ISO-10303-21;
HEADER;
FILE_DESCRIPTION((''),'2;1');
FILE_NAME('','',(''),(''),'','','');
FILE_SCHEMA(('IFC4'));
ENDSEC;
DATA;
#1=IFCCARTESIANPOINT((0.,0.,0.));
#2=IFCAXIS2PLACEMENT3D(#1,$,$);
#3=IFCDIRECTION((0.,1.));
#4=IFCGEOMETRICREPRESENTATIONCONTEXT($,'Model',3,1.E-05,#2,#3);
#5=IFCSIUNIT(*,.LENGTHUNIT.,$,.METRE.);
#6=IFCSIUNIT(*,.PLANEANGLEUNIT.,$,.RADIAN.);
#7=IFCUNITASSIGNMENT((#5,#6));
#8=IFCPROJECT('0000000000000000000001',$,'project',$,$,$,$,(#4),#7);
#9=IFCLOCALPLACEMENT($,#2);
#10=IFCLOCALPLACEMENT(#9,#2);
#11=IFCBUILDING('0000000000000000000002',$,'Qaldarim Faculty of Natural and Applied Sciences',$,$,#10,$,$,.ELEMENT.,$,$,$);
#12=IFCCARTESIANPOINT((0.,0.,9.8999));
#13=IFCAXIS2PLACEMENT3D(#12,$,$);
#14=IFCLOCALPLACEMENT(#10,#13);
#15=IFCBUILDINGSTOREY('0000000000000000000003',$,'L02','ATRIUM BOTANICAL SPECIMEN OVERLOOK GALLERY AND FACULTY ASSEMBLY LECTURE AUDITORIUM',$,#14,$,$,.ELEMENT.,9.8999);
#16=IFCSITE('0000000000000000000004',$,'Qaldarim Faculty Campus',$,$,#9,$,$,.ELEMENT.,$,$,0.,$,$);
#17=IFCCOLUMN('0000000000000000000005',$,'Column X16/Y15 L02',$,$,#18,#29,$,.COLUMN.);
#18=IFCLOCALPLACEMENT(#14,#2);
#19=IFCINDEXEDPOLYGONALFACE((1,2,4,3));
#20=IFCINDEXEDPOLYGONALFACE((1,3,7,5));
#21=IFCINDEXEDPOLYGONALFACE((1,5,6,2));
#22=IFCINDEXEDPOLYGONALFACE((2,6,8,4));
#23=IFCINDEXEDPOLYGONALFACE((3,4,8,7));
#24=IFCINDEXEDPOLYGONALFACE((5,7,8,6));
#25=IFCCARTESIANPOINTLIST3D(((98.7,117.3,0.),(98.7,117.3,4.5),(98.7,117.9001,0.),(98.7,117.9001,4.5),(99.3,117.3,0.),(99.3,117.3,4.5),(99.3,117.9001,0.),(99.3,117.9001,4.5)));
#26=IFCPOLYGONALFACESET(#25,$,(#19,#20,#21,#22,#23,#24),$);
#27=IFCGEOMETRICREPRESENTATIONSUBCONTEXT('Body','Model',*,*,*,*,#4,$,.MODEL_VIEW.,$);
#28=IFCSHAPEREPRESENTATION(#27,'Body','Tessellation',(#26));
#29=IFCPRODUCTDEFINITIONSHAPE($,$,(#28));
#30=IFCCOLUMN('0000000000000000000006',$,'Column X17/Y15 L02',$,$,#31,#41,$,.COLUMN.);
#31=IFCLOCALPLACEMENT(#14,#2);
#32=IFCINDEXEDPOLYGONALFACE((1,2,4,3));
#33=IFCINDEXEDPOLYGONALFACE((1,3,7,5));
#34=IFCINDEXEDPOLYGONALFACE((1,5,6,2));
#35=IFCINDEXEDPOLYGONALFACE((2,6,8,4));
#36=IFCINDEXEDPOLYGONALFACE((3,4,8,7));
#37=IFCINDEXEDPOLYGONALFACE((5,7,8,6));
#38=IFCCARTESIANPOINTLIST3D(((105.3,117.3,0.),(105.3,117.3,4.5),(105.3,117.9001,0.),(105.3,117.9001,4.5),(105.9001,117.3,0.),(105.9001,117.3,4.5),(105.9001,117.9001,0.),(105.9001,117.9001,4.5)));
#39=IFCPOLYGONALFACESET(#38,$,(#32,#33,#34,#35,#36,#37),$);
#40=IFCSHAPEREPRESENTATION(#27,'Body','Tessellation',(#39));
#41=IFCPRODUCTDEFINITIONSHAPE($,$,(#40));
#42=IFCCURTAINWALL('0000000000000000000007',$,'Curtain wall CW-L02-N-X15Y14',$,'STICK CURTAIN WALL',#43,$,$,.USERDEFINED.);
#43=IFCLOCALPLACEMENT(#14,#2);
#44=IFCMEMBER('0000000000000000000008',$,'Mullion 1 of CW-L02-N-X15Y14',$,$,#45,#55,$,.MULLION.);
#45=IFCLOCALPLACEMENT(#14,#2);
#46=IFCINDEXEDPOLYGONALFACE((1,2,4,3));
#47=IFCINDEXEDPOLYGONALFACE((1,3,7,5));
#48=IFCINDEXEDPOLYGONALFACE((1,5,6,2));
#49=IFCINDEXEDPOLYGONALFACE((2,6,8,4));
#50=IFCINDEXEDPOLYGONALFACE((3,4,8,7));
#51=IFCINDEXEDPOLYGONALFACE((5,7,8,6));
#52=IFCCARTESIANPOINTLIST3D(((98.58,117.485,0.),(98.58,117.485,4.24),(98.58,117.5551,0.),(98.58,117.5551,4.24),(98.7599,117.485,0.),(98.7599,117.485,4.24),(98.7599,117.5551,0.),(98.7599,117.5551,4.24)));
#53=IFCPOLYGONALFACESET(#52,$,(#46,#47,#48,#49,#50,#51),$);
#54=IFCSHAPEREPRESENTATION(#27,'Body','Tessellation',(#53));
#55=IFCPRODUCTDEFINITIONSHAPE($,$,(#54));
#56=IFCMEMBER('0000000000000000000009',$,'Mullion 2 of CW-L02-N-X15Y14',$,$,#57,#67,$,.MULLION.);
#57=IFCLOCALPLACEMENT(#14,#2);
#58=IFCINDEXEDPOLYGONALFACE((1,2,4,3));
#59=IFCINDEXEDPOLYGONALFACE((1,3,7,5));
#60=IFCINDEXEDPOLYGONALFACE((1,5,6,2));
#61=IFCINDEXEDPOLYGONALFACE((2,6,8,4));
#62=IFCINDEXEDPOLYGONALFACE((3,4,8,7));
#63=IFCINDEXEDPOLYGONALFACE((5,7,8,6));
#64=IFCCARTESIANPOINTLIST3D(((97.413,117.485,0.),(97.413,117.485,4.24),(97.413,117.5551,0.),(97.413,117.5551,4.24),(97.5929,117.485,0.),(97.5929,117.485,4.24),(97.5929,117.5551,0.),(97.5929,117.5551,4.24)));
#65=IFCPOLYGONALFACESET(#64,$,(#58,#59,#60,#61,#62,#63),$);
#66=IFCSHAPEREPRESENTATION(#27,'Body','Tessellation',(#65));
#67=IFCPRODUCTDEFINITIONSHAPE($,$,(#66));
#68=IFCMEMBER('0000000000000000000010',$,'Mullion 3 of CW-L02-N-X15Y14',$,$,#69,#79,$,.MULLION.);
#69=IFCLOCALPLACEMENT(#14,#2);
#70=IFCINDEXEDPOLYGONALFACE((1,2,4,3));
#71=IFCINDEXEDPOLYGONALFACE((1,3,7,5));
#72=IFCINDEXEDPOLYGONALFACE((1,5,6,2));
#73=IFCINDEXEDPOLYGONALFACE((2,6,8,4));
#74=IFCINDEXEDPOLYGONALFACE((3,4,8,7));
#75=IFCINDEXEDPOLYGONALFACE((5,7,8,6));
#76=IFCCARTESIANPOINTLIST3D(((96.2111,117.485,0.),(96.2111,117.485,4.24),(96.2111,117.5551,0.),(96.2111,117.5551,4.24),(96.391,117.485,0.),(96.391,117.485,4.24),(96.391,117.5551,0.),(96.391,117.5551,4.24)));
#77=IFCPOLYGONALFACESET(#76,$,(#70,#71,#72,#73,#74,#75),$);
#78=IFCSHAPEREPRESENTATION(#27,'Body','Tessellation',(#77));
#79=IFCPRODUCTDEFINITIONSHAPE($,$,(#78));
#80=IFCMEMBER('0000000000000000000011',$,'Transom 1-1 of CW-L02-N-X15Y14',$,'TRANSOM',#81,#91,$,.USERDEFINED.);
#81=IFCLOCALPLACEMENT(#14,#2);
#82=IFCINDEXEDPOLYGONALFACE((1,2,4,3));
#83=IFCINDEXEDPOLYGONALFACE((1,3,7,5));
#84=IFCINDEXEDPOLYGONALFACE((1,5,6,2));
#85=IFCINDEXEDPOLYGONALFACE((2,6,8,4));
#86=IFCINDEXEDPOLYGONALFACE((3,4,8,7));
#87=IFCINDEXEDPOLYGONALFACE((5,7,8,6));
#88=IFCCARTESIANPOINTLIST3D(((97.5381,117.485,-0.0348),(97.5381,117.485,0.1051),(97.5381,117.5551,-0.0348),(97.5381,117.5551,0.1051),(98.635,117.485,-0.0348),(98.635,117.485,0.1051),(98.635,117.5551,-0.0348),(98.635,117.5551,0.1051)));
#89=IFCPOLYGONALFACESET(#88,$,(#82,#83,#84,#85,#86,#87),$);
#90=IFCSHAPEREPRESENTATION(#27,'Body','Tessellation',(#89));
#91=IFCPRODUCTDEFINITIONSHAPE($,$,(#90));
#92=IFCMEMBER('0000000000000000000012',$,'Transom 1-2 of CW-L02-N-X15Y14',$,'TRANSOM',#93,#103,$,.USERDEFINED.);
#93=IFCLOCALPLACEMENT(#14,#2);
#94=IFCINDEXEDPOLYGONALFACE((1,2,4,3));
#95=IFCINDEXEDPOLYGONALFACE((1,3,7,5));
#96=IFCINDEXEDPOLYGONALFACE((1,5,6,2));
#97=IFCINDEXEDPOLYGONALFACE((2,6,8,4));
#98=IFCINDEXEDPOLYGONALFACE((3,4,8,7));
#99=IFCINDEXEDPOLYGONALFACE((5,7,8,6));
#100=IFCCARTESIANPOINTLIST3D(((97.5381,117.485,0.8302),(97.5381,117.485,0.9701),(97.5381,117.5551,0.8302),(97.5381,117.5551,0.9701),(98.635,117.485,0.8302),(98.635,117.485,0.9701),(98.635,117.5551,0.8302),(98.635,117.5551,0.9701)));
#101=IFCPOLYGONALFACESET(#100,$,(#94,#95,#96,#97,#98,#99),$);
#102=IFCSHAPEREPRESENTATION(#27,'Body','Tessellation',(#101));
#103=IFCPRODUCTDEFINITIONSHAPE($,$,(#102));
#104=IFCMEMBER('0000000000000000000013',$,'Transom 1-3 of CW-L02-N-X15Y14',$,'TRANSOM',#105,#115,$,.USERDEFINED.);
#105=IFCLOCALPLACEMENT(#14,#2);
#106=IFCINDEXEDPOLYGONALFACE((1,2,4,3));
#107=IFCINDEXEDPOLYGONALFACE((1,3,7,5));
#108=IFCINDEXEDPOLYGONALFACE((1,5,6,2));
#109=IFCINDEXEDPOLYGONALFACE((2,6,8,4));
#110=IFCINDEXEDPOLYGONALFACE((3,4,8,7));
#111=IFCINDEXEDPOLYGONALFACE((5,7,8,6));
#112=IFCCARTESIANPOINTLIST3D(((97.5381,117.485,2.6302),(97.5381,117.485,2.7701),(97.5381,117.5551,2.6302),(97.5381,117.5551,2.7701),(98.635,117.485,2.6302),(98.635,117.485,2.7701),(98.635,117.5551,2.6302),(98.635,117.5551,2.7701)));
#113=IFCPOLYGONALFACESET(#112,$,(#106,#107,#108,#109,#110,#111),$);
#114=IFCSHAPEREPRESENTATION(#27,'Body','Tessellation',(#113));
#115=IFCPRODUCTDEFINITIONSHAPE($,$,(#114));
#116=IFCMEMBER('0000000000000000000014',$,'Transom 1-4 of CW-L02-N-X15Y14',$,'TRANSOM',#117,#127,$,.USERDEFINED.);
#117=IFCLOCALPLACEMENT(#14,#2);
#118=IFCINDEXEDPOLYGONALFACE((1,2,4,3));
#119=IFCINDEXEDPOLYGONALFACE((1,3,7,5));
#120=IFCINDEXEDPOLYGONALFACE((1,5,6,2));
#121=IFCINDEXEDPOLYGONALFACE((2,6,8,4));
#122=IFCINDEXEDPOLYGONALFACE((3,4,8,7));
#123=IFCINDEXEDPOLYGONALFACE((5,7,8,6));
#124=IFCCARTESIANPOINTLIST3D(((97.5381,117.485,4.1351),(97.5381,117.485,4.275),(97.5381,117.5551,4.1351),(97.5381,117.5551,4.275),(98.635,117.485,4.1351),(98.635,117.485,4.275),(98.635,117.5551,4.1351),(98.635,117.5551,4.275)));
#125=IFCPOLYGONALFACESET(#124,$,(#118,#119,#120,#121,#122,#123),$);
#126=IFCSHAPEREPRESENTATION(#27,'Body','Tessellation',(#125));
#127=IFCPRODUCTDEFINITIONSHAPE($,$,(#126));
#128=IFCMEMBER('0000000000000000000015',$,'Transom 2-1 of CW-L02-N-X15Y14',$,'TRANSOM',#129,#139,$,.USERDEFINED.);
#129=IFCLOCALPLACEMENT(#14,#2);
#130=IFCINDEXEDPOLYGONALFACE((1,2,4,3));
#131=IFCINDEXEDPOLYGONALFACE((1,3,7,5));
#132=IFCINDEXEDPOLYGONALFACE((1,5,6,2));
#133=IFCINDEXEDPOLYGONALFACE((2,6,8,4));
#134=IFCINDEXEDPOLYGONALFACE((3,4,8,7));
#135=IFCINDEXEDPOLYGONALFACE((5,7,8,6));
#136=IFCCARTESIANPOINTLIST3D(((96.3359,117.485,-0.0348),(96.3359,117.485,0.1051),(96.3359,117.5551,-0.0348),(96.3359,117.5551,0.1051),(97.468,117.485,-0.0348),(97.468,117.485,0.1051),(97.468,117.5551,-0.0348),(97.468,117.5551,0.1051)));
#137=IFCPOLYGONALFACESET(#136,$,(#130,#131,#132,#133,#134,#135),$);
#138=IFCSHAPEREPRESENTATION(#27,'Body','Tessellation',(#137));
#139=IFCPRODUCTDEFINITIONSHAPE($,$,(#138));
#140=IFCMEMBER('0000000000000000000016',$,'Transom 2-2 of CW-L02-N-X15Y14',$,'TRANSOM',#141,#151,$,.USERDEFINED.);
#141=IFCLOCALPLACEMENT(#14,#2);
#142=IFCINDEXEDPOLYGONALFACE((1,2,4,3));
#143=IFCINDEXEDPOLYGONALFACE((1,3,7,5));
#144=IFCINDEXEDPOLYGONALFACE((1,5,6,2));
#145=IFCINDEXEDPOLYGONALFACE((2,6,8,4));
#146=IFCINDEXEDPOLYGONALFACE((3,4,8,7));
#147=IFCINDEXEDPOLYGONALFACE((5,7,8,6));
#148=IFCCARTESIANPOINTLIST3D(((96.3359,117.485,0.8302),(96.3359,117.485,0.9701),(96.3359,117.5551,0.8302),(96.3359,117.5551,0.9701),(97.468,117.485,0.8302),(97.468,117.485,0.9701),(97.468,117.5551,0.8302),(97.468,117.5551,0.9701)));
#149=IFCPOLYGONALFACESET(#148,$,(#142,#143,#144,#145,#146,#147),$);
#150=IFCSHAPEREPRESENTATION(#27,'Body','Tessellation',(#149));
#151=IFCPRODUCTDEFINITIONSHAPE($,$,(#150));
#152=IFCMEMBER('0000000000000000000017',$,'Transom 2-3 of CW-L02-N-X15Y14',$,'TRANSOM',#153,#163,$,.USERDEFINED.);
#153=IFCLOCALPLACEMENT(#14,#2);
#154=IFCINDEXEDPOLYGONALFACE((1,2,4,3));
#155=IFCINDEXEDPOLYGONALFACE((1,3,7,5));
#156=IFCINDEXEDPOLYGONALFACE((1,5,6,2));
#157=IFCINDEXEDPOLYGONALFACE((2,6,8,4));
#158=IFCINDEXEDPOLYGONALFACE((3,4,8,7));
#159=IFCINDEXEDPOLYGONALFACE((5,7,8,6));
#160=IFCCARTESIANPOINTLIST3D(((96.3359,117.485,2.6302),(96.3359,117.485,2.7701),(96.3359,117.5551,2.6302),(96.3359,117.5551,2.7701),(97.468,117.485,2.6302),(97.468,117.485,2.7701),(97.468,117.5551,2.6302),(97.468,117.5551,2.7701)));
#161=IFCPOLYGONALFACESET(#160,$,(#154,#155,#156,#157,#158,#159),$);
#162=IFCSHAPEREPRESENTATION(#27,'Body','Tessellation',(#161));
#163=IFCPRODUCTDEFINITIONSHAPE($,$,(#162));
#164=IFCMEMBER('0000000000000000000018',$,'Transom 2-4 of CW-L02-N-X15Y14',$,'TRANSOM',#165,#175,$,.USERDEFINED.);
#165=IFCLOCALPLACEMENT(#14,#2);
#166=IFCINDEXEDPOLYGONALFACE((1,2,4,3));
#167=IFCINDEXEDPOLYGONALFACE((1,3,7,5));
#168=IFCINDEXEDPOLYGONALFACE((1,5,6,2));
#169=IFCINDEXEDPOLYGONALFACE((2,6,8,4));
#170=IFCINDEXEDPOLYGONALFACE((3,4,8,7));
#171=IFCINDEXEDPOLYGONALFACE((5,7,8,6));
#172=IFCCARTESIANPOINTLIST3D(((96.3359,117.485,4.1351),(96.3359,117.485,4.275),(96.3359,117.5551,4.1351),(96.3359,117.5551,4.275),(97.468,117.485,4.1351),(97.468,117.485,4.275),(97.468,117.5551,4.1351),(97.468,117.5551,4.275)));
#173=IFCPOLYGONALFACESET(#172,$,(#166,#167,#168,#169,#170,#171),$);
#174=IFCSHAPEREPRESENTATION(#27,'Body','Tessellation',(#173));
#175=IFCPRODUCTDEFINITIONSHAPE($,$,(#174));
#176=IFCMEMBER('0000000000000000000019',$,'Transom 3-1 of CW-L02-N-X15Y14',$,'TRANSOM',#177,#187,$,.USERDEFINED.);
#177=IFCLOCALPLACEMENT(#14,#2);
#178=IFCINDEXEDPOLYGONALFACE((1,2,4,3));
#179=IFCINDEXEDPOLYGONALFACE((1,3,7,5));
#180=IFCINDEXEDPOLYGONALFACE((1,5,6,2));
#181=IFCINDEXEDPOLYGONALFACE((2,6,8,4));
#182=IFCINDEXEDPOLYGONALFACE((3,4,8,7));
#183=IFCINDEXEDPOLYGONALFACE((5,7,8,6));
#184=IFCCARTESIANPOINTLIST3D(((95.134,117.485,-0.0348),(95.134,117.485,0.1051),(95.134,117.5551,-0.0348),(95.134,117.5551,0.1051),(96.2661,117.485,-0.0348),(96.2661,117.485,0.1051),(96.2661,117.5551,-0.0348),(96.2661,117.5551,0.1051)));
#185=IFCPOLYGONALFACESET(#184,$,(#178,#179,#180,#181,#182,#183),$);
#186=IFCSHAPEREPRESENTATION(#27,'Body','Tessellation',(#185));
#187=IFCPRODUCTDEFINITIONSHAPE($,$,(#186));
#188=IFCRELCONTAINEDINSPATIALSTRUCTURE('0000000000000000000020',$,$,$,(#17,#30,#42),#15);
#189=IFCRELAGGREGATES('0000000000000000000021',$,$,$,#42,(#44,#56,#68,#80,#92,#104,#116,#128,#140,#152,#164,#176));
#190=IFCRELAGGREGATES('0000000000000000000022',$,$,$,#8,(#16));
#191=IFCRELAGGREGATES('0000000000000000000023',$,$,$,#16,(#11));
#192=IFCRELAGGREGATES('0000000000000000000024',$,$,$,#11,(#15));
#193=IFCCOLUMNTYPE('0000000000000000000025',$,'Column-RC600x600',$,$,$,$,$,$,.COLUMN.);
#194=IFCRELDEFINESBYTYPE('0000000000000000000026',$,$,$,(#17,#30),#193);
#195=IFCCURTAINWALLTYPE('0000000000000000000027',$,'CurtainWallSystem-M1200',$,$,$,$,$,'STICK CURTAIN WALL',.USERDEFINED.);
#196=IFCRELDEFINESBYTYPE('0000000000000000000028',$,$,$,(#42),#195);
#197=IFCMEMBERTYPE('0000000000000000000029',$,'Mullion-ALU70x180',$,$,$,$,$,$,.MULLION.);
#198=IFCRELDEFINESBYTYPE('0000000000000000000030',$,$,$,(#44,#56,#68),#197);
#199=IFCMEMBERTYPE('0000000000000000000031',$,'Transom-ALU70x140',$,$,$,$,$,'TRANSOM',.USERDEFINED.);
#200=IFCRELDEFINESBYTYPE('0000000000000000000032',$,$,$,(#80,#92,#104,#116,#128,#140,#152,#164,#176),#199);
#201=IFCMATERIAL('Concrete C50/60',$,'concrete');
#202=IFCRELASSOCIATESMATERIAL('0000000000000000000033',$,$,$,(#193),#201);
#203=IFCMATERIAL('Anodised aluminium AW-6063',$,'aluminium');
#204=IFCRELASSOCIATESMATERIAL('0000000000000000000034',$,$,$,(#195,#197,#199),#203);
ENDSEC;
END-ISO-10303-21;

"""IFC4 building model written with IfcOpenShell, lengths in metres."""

from ifc_helpers import new_model, si_unit, direction, frame, origin, origin_2d, place, context, subcontext, project, spatial, rectangle, extrude, material, material_profile, profile_set, type_object, element, aggregate, save


model = new_model("IFC4")

# Units and contexts
model_context = context("Model", 3, precision=1e-05, world=origin(), true_north=direction((0.0, 1.0)))
body_context = subcontext(model_context, "Body", "Model", "MODEL_VIEW")
ifc_project = project(units=[si_unit("LENGTHUNIT", "METRE"), si_unit("PLANEANGLEUNIT", "RADIAN")], contexts=[model_context])

# Site, building, storey
site_placement = place(None, origin())
site = spatial("IfcSite", under=ifc_project, at=site_placement, Name="Qaldarim Faculty Campus", CompositionType="ELEMENT", RefElevation=0.0)
building_placement = place(site_placement, origin())
building = spatial("IfcBuilding", under=site, at=building_placement, Name="Qaldarim Faculty of Natural and Applied Sciences", CompositionType="ELEMENT")
storey_placement = place(building_placement, frame((0.0, 0.0, 9.8999)))
storey = spatial("IfcBuildingStorey", under=building, at=storey_placement, Name="L02", Description="ATRIUM BOTANICAL SPECIMEN OVERLOOK GALLERY AND FACULTY ASSEMBLY LECTURE AUDITORIUM", CompositionType="ELEMENT", Elevation=9.8999)

# Columns
ifc_material_1 = material(Name="Concrete C50/60", Category="concrete")
ifc_material_profile_1 = material_profile(ifc_material_1, rectangle(XDim=0.6001, YDim=0.6001, at=origin_2d()), Name="RC-C600x600")
ifc_profile_set_1 = profile_set([ifc_material_profile_1], Name="Concrete C50/60")
column_type = type_object("IfcColumnType", Name="Column-RC600x600", PredefinedType="COLUMN", material=ifc_profile_set_1)
for number, where, z_axis, x_axis, name in (
    (1, (99.0, 117.6001, 0.0), (0.0, 0.0, 1.0), (1.0, 0.0, 0.0), "Column X16/Y15 L02"),
    (2, (105.6001, 117.6001, 0.0), (0.0, 0.0, 1.0), (1.0, 0.0, 0.0), "Column X17/Y15 L02"),
):
    element("IfcColumn", number, at=place(storey_placement, frame(where, z_axis=z_axis, x_axis=x_axis)), inside=storey, type_object=column_type, Name=name, PredefinedType="COLUMN", context=body_context, shape_type="SweptSolid", body=[
        extrude(rectangle(XDim=0.6001, YDim=0.6001, at=origin_2d()), origin(), (0.0, 0.0, 1.0), 4.5),
    ])

# Curtain wall, members
ifc_material_2 = material(Name="Anodised aluminium AW-6063", Category="aluminium")
curtain_wall_type = type_object("IfcCurtainWallType", Name="CurtainWallSystem-M1200", ElementType="STICK CURTAIN WALL", PredefinedType="USERDEFINED", material=ifc_material_2)
curtain_wall_placement = place(storey_placement, origin())
curtain_wall = element("IfcCurtainWall", 3, at=curtain_wall_placement, inside=storey, type_object=curtain_wall_type, Name="Curtain wall CW-L02-N-X15Y14", ObjectType="STICK CURTAIN WALL", PredefinedType="USERDEFINED")
ifc_material_profile_2 = material_profile(ifc_material_2, rectangle(XDim=0.0701, YDim=0.1799, at=origin_2d()), Name="ALU-M70x180")
ifc_profile_set_2 = profile_set([ifc_material_profile_2], Name="Anodised aluminium AW-6063")
member_type_1 = type_object("IfcMemberType", Name="Mullion-ALU70x180", PredefinedType="MULLION", material=ifc_profile_set_2)
member_1_placement = place(storey_placement, frame((98.6699, 117.52, 0.0), z_axis=(0.0, 0.0, 1.0), x_axis=(0.0, -1.0, 0.0)))
member_1 = element("IfcMember", 4, at=member_1_placement, type_object=member_type_1, Name="Mullion 1 of CW-L02-N-X15Y14", PredefinedType="MULLION", context=body_context, shape_type="SweptSolid", body=[
    extrude(rectangle(XDim=0.0701, YDim=0.1799, at=origin_2d()), origin(), (0.0, 0.0, 1.0), 4.24),
])
member_2_placement = place(storey_placement, frame((97.5029, 117.52, 0.0), z_axis=(0.0, 0.0, 1.0), x_axis=(0.0, -1.0, 0.0)))
member_2 = element("IfcMember", 5, at=member_2_placement, type_object=member_type_1, Name="Mullion 2 of CW-L02-N-X15Y14", PredefinedType="MULLION", context=body_context, shape_type="SweptSolid", body=[
    extrude(rectangle(XDim=0.0701, YDim=0.1799, at=origin_2d()), origin(), (0.0, 0.0, 1.0), 4.24),
])
member_3_placement = place(storey_placement, frame((96.301, 117.52, 0.0), z_axis=(0.0, 0.0, 1.0), x_axis=(0.0, -1.0, 0.0)))
member_3 = element("IfcMember", 6, at=member_3_placement, type_object=member_type_1, Name="Mullion 3 of CW-L02-N-X15Y14", PredefinedType="MULLION", context=body_context, shape_type="SweptSolid", body=[
    extrude(rectangle(XDim=0.0701, YDim=0.1799, at=origin_2d()), origin(), (0.0, 0.0, 1.0), 4.24),
])
ifc_material_profile_3 = material_profile(ifc_material_2, rectangle(XDim=0.0701, YDim=0.1399, at=origin_2d()), Name="ALU-T70x140")
ifc_profile_set_3 = profile_set([ifc_material_profile_3], Name="Anodised aluminium AW-6063")
member_type_2 = type_object("IfcMemberType", Name="Transom-ALU70x140", ElementType="TRANSOM", PredefinedType="USERDEFINED", material=ifc_profile_set_3)
member_4_placement = place(storey_placement, frame((98.635, 117.52, 0.0352), z_axis=(-1.0, 0.0, 0.0), x_axis=(0.0, -1.0, 0.0)))
member_4 = element("IfcMember", 7, at=member_4_placement, type_object=member_type_2, Name="Transom 1-1 of CW-L02-N-X15Y14", ObjectType="TRANSOM", PredefinedType="USERDEFINED", context=body_context, shape_type="SweptSolid", body=[
    extrude(rectangle(XDim=0.0701, YDim=0.1399, at=origin_2d()), origin(), (0.0, 0.0, 1.0), 1.0969),
])
member_5_placement = place(storey_placement, frame((98.635, 117.52, 0.9001), z_axis=(-1.0, 0.0, 0.0), x_axis=(0.0, -1.0, 0.0)))
member_5 = element("IfcMember", 8, at=member_5_placement, type_object=member_type_2, Name="Transom 1-2 of CW-L02-N-X15Y14", ObjectType="TRANSOM", PredefinedType="USERDEFINED", context=body_context, shape_type="SweptSolid", body=[
    extrude(rectangle(XDim=0.0701, YDim=0.1399, at=origin_2d()), origin(), (0.0, 0.0, 1.0), 1.0969),
])
member_6_placement = place(storey_placement, frame((98.635, 117.52, 2.7002), z_axis=(-1.0, 0.0, 0.0), x_axis=(0.0, -1.0, 0.0)))
member_6 = element("IfcMember", 9, at=member_6_placement, type_object=member_type_2, Name="Transom 1-3 of CW-L02-N-X15Y14", ObjectType="TRANSOM", PredefinedType="USERDEFINED", context=body_context, shape_type="SweptSolid", body=[
    extrude(rectangle(XDim=0.0701, YDim=0.1399, at=origin_2d()), origin(), (0.0, 0.0, 1.0), 1.0969),
])
member_7_placement = place(storey_placement, frame((98.635, 117.52, 4.2051), z_axis=(-1.0, 0.0, 0.0), x_axis=(0.0, -1.0, 0.0)))
member_7 = element("IfcMember", 10, at=member_7_placement, type_object=member_type_2, Name="Transom 1-4 of CW-L02-N-X15Y14", ObjectType="TRANSOM", PredefinedType="USERDEFINED", context=body_context, shape_type="SweptSolid", body=[
    extrude(rectangle(XDim=0.0701, YDim=0.1399, at=origin_2d()), origin(), (0.0, 0.0, 1.0), 1.0969),
])
member_8_placement = place(storey_placement, frame((97.468, 117.52, 0.0352), z_axis=(-1.0, 0.0, 0.0), x_axis=(0.0, -1.0, 0.0)))
member_8 = element("IfcMember", 11, at=member_8_placement, type_object=member_type_2, Name="Transom 2-1 of CW-L02-N-X15Y14", ObjectType="TRANSOM", PredefinedType="USERDEFINED", context=body_context, shape_type="SweptSolid", body=[
    extrude(rectangle(XDim=0.0701, YDim=0.1399, at=origin_2d()), origin(), (0.0, 0.0, 1.0), 1.1321),
])
member_9_placement = place(storey_placement, frame((97.468, 117.52, 0.9001), z_axis=(-1.0, 0.0, 0.0), x_axis=(0.0, -1.0, 0.0)))
member_9 = element("IfcMember", 12, at=member_9_placement, type_object=member_type_2, Name="Transom 2-2 of CW-L02-N-X15Y14", ObjectType="TRANSOM", PredefinedType="USERDEFINED", context=body_context, shape_type="SweptSolid", body=[
    extrude(rectangle(XDim=0.0701, YDim=0.1399, at=origin_2d()), origin(), (0.0, 0.0, 1.0), 1.1321),
])
member_10_placement = place(storey_placement, frame((97.468, 117.52, 2.7002), z_axis=(-1.0, 0.0, 0.0), x_axis=(0.0, -1.0, 0.0)))
member_10 = element("IfcMember", 13, at=member_10_placement, type_object=member_type_2, Name="Transom 2-3 of CW-L02-N-X15Y14", ObjectType="TRANSOM", PredefinedType="USERDEFINED", context=body_context, shape_type="SweptSolid", body=[
    extrude(rectangle(XDim=0.0701, YDim=0.1399, at=origin_2d()), origin(), (0.0, 0.0, 1.0), 1.1321),
])
member_11_placement = place(storey_placement, frame((97.468, 117.52, 4.2051), z_axis=(-1.0, 0.0, 0.0), x_axis=(0.0, -1.0, 0.0)))
member_11 = element("IfcMember", 14, at=member_11_placement, type_object=member_type_2, Name="Transom 2-4 of CW-L02-N-X15Y14", ObjectType="TRANSOM", PredefinedType="USERDEFINED", context=body_context, shape_type="SweptSolid", body=[
    extrude(rectangle(XDim=0.0701, YDim=0.1399, at=origin_2d()), origin(), (0.0, 0.0, 1.0), 1.1321),
])
member_12_placement = place(storey_placement, frame((96.2661, 117.52, 0.0352), z_axis=(-1.0, 0.0, 0.0), x_axis=(0.0, -1.0, 0.0)))
member_12 = element("IfcMember", 15, at=member_12_placement, type_object=member_type_2, Name="Transom 3-1 of CW-L02-N-X15Y14", ObjectType="TRANSOM", PredefinedType="USERDEFINED", context=body_context, shape_type="SweptSolid", body=[
    extrude(rectangle(XDim=0.0701, YDim=0.1399, at=origin_2d()), origin(), (0.0, 0.0, 1.0), 1.1321),
])
aggregate(curtain_wall, [member_1, member_2, member_3, member_4, member_5, member_6, member_7, member_8, member_9, member_10, member_11, member_12])

save(model, "model.ifc")
